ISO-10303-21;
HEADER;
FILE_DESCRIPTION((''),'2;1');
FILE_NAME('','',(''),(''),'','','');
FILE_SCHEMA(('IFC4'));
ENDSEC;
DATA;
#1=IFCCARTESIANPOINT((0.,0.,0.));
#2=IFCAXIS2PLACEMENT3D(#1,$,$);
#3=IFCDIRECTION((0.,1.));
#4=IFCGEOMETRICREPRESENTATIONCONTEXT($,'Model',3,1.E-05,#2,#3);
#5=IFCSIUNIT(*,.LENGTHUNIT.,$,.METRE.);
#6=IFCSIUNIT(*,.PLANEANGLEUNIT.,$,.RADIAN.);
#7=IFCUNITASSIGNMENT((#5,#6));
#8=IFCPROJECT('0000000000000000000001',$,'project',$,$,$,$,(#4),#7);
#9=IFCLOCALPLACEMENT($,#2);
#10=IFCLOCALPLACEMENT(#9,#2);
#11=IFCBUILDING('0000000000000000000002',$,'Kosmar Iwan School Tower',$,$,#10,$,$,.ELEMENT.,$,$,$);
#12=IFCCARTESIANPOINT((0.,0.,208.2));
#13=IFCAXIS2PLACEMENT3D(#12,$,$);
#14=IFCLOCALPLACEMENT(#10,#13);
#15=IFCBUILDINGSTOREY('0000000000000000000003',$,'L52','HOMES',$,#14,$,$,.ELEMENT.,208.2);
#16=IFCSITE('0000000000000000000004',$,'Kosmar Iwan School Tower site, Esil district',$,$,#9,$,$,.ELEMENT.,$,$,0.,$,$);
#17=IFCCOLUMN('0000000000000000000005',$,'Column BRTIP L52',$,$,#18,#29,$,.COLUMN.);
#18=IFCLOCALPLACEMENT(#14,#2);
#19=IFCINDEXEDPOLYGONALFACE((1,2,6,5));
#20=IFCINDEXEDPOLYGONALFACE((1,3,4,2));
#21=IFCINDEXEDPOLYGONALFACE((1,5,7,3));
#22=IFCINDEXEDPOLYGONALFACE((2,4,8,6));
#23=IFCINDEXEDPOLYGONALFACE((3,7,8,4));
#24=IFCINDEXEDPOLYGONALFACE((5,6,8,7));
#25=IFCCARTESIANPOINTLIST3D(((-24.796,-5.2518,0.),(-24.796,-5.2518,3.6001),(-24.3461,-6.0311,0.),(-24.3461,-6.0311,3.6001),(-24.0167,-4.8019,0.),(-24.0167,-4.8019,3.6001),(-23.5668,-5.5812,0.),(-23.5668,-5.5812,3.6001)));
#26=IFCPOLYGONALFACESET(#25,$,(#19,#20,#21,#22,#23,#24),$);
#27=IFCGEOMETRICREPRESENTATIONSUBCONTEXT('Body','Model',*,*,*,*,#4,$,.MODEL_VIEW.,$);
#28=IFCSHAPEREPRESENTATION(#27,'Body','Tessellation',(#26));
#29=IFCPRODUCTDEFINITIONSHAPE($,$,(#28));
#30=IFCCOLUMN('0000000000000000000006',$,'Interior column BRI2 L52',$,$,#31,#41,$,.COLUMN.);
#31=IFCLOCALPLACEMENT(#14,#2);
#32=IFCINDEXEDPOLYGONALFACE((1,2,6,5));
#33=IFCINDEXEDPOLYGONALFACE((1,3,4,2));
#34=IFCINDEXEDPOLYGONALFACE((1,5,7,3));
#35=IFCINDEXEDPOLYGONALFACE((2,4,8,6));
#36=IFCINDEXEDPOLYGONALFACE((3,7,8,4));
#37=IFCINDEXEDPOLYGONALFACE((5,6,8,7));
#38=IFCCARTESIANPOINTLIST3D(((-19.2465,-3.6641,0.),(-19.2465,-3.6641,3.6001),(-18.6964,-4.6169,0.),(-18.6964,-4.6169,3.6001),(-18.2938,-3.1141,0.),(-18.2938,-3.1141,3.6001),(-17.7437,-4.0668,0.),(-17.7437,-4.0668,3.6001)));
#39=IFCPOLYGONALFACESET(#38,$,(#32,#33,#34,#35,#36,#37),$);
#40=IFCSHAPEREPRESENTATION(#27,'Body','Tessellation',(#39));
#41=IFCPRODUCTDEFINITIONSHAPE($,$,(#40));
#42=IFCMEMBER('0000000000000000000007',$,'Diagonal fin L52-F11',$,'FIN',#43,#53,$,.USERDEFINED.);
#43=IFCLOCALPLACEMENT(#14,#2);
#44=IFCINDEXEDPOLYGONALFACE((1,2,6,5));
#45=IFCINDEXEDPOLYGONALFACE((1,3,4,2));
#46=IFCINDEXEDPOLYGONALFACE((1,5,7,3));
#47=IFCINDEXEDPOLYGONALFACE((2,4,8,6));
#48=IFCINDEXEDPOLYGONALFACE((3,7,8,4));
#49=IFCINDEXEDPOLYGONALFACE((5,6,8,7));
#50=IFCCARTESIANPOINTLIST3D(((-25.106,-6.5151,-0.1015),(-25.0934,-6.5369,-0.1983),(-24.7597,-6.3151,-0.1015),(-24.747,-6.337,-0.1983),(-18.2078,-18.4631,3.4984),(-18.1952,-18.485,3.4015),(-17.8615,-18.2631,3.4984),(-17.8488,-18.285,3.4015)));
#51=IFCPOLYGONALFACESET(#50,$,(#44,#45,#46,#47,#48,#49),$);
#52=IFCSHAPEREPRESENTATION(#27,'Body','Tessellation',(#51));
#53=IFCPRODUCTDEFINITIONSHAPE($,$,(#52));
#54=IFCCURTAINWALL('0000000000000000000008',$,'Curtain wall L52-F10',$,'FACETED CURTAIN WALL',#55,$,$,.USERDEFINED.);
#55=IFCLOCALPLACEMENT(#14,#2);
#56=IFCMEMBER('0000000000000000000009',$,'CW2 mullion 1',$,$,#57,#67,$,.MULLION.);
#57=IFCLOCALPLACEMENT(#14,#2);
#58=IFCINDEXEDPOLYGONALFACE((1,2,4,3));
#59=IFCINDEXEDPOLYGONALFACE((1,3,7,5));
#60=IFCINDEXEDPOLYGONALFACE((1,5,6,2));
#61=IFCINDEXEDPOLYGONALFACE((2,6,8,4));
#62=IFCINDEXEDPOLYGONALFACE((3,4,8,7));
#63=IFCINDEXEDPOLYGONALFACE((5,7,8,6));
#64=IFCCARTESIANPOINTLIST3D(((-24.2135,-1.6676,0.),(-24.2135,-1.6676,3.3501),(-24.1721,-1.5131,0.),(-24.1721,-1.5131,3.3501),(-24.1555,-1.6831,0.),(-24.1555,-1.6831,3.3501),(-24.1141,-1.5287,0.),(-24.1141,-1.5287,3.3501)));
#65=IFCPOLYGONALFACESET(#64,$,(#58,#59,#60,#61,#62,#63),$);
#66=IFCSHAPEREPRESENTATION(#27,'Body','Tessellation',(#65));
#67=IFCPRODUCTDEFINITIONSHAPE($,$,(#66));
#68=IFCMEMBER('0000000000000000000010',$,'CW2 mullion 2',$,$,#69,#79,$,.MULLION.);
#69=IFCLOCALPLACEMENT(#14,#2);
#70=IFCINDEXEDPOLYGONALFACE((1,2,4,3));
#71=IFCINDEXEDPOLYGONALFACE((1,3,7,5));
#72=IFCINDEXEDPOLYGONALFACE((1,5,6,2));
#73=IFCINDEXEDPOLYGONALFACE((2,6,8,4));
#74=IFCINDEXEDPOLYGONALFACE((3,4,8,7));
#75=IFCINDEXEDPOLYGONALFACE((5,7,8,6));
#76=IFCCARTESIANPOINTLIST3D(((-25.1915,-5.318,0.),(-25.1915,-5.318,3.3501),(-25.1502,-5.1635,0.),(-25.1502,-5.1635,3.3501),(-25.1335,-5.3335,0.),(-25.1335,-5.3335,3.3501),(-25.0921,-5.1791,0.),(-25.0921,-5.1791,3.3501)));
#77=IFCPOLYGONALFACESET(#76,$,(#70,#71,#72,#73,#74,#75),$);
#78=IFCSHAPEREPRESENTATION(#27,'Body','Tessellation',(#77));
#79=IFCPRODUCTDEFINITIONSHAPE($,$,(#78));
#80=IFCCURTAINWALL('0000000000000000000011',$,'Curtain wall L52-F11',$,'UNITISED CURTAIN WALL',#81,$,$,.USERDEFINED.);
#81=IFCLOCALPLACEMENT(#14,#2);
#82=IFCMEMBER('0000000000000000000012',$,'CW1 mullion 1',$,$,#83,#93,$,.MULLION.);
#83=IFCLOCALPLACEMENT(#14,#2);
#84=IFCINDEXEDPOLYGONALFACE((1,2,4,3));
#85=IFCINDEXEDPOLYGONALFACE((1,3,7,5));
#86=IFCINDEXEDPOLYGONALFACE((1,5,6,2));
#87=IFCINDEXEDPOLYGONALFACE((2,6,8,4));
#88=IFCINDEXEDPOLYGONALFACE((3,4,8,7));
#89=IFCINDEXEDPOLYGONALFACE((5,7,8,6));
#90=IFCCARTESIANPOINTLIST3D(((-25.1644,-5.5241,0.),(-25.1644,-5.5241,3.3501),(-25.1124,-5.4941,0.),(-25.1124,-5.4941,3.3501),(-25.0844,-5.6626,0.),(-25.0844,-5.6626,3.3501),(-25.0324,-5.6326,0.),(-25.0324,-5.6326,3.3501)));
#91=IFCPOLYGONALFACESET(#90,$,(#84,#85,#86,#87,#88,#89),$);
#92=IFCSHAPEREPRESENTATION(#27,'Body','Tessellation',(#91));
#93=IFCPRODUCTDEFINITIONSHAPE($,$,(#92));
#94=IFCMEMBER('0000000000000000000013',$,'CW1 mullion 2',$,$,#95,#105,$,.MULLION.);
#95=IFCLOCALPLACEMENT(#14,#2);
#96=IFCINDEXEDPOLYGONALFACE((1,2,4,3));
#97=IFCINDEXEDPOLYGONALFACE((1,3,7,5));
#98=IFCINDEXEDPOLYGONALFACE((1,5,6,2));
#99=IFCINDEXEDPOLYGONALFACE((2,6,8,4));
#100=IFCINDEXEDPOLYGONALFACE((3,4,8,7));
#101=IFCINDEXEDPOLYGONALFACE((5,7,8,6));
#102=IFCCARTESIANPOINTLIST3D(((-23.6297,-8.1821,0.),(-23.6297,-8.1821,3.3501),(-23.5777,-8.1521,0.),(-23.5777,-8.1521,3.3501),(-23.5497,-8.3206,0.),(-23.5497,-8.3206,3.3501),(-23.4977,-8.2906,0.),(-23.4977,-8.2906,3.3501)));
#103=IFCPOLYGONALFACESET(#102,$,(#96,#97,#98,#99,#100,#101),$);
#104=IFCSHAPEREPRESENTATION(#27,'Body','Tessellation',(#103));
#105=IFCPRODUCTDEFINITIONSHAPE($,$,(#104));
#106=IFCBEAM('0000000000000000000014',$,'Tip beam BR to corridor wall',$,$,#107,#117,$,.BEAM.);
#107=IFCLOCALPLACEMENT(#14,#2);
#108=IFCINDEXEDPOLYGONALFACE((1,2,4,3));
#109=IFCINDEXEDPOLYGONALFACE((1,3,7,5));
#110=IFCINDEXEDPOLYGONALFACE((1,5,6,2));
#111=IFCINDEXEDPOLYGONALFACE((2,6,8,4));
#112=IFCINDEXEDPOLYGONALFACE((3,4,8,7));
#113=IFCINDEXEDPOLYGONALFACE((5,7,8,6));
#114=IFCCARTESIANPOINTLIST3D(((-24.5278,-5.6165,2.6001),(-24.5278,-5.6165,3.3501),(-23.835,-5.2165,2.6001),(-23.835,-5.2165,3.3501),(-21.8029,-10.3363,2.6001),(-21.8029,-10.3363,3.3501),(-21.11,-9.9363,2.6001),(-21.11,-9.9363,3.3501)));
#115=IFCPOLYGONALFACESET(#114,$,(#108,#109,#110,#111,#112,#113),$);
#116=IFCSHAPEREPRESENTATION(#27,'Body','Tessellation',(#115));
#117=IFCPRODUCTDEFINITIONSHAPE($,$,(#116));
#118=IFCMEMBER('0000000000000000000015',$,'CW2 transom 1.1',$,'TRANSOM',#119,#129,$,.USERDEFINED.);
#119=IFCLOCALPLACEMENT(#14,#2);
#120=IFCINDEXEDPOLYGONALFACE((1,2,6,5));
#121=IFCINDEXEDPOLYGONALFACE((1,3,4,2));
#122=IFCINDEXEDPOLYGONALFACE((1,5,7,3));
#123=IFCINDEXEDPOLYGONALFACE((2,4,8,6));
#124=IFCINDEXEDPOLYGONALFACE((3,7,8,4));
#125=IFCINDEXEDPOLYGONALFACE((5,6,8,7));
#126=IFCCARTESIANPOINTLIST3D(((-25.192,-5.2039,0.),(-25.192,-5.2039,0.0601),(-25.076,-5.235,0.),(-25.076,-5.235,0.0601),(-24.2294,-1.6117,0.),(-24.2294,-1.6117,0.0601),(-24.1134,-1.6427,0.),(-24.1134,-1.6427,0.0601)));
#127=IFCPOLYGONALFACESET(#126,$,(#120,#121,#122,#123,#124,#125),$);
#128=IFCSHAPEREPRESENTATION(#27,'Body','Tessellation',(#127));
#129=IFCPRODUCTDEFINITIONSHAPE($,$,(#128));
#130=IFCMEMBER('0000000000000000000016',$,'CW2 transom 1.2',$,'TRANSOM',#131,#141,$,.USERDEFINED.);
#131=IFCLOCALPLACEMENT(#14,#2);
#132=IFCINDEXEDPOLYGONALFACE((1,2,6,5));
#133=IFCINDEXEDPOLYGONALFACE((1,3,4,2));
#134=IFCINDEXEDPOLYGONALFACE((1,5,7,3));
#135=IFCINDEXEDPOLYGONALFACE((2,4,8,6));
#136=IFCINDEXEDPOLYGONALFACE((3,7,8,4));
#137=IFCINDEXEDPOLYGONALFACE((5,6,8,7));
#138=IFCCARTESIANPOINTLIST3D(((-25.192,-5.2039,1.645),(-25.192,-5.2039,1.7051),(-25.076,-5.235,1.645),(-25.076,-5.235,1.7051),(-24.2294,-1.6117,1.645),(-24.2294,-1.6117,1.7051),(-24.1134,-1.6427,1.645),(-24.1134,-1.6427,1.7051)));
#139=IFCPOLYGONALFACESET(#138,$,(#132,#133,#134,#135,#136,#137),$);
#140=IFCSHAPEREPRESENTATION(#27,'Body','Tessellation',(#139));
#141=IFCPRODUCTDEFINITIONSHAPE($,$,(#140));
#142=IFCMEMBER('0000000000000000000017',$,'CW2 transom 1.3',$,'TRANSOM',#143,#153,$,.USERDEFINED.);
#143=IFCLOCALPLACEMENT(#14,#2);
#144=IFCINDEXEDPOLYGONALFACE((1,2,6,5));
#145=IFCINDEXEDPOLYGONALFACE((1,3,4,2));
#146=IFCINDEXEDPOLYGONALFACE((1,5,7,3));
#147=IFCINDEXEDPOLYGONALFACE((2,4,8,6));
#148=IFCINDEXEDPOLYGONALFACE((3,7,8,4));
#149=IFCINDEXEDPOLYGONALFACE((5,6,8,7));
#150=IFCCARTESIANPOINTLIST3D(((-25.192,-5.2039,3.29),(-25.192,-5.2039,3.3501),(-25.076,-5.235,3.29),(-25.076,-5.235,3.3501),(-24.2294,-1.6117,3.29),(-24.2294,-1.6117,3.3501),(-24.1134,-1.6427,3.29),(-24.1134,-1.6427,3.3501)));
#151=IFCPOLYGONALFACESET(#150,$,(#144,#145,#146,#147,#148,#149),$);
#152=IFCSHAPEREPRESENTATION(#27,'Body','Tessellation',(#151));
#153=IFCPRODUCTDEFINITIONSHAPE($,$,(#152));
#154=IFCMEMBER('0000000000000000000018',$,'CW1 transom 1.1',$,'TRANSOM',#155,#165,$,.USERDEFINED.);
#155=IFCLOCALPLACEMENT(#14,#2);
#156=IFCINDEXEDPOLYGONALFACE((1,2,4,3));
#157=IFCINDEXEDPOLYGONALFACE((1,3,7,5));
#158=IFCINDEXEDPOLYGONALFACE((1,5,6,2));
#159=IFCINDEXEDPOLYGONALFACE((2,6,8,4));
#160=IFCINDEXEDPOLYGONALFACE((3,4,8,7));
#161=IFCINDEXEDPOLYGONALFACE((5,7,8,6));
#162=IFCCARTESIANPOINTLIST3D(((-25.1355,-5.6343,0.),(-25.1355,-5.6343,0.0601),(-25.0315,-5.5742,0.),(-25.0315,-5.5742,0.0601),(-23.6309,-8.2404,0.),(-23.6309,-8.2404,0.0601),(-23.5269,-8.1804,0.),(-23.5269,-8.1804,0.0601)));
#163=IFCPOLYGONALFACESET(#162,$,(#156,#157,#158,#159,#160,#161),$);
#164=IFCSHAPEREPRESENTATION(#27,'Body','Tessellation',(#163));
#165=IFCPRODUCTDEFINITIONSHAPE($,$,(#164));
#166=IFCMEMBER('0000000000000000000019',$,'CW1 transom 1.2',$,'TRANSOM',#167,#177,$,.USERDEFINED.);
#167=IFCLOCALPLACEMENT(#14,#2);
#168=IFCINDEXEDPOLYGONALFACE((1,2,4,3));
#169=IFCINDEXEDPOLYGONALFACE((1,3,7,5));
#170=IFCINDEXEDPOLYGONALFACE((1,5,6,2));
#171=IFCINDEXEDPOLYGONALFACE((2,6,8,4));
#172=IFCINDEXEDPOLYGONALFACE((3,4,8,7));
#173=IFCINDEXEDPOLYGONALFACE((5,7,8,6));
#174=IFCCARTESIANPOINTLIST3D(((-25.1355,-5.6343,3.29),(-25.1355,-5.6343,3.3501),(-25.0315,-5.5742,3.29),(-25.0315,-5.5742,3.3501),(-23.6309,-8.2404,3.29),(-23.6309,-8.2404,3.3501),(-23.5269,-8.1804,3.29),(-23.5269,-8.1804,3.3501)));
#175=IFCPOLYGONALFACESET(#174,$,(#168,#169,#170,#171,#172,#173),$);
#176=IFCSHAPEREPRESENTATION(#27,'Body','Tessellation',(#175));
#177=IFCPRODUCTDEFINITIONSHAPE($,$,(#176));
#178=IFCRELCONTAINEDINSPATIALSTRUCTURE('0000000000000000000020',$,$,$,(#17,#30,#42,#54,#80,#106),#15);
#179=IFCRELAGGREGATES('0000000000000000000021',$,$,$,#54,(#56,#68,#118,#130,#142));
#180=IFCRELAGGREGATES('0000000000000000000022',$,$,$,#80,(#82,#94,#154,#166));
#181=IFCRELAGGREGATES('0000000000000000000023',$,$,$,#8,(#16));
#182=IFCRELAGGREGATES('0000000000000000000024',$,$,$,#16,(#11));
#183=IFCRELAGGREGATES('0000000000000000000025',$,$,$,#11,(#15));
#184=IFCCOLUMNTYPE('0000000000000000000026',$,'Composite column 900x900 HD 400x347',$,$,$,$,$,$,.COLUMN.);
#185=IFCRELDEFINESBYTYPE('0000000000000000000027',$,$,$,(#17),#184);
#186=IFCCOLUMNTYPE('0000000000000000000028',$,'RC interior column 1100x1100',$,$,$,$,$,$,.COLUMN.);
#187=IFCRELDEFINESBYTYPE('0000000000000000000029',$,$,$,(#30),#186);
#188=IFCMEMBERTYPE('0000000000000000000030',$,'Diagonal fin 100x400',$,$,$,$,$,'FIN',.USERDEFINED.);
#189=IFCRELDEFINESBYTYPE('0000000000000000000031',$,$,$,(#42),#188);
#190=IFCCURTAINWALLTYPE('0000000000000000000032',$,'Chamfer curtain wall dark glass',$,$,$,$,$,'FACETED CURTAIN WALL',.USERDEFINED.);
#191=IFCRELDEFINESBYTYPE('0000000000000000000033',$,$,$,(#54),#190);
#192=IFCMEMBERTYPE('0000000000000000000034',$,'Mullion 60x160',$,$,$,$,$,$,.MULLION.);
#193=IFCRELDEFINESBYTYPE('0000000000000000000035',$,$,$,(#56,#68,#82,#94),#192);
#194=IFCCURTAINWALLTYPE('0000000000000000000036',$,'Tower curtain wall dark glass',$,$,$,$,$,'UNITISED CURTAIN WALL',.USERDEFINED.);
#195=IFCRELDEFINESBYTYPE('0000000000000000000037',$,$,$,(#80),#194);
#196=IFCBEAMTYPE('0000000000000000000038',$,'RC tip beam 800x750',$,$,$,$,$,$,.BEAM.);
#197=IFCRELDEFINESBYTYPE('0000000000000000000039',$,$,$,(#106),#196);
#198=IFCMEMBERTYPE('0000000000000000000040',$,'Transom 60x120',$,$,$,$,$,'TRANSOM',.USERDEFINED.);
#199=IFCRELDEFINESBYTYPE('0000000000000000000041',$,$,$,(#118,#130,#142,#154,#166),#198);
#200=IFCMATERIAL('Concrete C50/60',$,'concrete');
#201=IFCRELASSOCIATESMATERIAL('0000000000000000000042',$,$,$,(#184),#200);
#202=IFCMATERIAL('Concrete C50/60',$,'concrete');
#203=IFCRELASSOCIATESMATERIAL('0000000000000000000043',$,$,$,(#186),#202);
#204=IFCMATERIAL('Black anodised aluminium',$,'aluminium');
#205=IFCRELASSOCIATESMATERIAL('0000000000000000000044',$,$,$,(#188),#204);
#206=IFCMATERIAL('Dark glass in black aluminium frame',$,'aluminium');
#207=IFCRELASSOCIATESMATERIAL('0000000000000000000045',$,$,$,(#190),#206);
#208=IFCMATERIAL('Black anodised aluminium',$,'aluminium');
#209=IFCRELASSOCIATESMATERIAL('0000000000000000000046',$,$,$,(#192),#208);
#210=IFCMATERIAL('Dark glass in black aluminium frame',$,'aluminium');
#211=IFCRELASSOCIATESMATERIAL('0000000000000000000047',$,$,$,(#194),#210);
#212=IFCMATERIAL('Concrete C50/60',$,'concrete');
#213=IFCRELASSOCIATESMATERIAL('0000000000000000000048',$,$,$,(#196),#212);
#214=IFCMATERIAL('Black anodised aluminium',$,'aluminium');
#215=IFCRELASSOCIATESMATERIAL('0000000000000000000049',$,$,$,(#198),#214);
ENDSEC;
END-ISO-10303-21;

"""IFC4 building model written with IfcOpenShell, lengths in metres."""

from ifc_helpers import new_model, si_unit, direction, frame, origin, origin_2d, place, context, subcontext, project, spatial, rectangle, extrude, material, material_profile, profile_set, type_object, element, aggregate, save


model = new_model("IFC4")

# Units and contexts
model_context = context("Model", 3, precision=1e-05, world=origin(), true_north=direction((0.0, 1.0)))
body_context = subcontext(model_context, "Body", "Model", "MODEL_VIEW")
ifc_project = project(units=[si_unit("LENGTHUNIT", "METRE"), si_unit("PLANEANGLEUNIT", "RADIAN")], contexts=[model_context])

# Site, building, storey
site_placement = place(None, origin())
site = spatial("IfcSite", under=ifc_project, at=site_placement, Name="Kosmar Iwan School Tower site, Esil district", CompositionType="ELEMENT", RefElevation=0.0)
building_placement = place(site_placement, origin())
building = spatial("IfcBuilding", under=site, at=building_placement, Name="Kosmar Iwan School Tower", CompositionType="ELEMENT")
storey_placement = place(building_placement, frame((0.0, 0.0, 208.2)))
storey = spatial("IfcBuildingStorey", under=building, at=storey_placement, Name="L52", Description="HOMES", CompositionType="ELEMENT", Elevation=208.2)

# Columns
ifc_material_1 = material(Name="Concrete C50/60", Category="concrete")
ifc_material_profile_1 = material_profile(ifc_material_1, rectangle(XDim=0.8999, YDim=0.8999, at=origin_2d()), Name="RC 900x900 + HD 400x347")
ifc_profile_set_1 = profile_set([ifc_material_profile_1], Name="Concrete C50/60")
column_type_1 = type_object("IfcColumnType", Name="Composite column 900x900 HD 400x347", PredefinedType="COLUMN", material=ifc_profile_set_1)
column_1_placement = place(storey_placement, frame((-24.1814, -5.4165, 0.0), z_axis=(0.0, 0.0, 1.0), x_axis=(-0.866025, -0.5, 0.0)))
element("IfcColumn", 1, at=column_1_placement, inside=storey, type_object=column_type_1, Name="Column BRTIP L52", PredefinedType="COLUMN", context=body_context, shape_type="SweptSolid", body=[
    extrude(rectangle(XDim=0.8999, YDim=0.8999, at=origin_2d()), origin(), (0.0, 0.0, 1.0), 3.6001),
])
ifc_material_2 = material(Name="Concrete C50/60", Category="concrete")
ifc_material_profile_2 = material_profile(ifc_material_2, rectangle(XDim=1.1001, YDim=1.1001, at=origin_2d()), Name="RC 1100x1100")
ifc_profile_set_2 = profile_set([ifc_material_profile_2], Name="Concrete C50/60")
column_type_2 = type_object("IfcColumnType", Name="RC interior column 1100x1100", PredefinedType="COLUMN", material=ifc_profile_set_2)
column_2_placement = place(storey_placement, frame((-18.4951, -3.8655, 0.0), z_axis=(0.0, 0.0, 1.0), x_axis=(-0.866025, -0.5, 0.0)))
element("IfcColumn", 2, at=column_2_placement, inside=storey, type_object=column_type_2, Name="Interior column BRI2 L52", PredefinedType="COLUMN", context=body_context, shape_type="SweptSolid", body=[
    extrude(rectangle(XDim=1.1001, YDim=1.1001, at=origin_2d()), origin(), (0.0, 0.0, 1.0), 3.6001),
])

# Member
ifc_material_3 = material(Name="Black anodised aluminium", Category="aluminium")
ifc_material_profile_3 = material_profile(ifc_material_3, rectangle(XDim=0.1001, YDim=0.3999, at=origin_2d()), Name="FIN 100x400")
ifc_profile_set_3 = profile_set([ifc_material_profile_3], Name="Black anodised aluminium")
member_type_1 = type_object("IfcMemberType", Name="Diagonal fin 100x400", ElementType="FIN", PredefinedType="USERDEFINED", material=ifc_profile_set_3)
member_1_placement = place(storey_placement, frame((-24.9265, -6.426, -0.1499), z_axis=(0.483802, -0.837969, 0.252475), x_axis=(-0.126237, 0.218649, 0.967604)))
element("IfcMember", 3, at=member_1_placement, inside=storey, type_object=member_type_1, Name="Diagonal fin L52-F11", ObjectType="FIN", PredefinedType="USERDEFINED", context=body_context, shape_type="SweptSolid", body=[
    extrude(rectangle(XDim=0.1001, YDim=0.3999, at=origin_2d()), origin(), (0.0, 0.0, 1.0), 14.2583),
])

# Curtain walls, members
ifc_material_4 = material(Name="Dark glass in black aluminium frame", Category="aluminium")
curtain_wall_type_1 = type_object("IfcCurtainWallType", Name="Chamfer curtain wall dark glass", ElementType="FACETED CURTAIN WALL", PredefinedType="USERDEFINED", material=ifc_material_4)
curtain_wall_1_placement = place(storey_placement, origin())
curtain_wall_1 = element("IfcCurtainWall", 4, at=curtain_wall_1_placement, inside=storey, type_object=curtain_wall_type_1, Name="Curtain wall L52-F10", ObjectType="FACETED CURTAIN WALL", PredefinedType="USERDEFINED")
ifc_material_5 = material(Name="Black anodised aluminium", Category="aluminium")
ifc_material_profile_4 = material_profile(ifc_material_5, rectangle(XDim=0.0601, YDim=0.1599, at=origin_2d()), Name="MULLION 60x160")
ifc_profile_set_4 = profile_set([ifc_material_profile_4], Name="Black anodised aluminium")
member_type_2 = type_object("IfcMemberType", Name="Mullion 60x160", PredefinedType="MULLION", material=ifc_profile_set_4)
member_2_placement = place(storey_placement, frame((-24.1638, -1.5981, 0.0), z_axis=(0.0, 0.0, 1.0), x_axis=(0.965926, -0.258819, 0.0)))
member_2 = element("IfcMember", 5, at=member_2_placement, type_object=member_type_2, Name="CW2 mullion 1", PredefinedType="MULLION", context=body_context, shape_type="SweptSolid", body=[
    extrude(rectangle(XDim=0.0601, YDim=0.1599, at=origin_2d()), origin(), (0.0, 0.0, 1.0), 3.3501),
])
member_3_placement = place(storey_placement, frame((-25.1418, -5.2485, 0.0), z_axis=(0.0, 0.0, 1.0), x_axis=(0.965926, -0.258819, 0.0)))
member_3 = element("IfcMember", 6, at=member_3_placement, type_object=member_type_2, Name="CW2 mullion 2", PredefinedType="MULLION", context=body_context, shape_type="SweptSolid", body=[
    extrude(rectangle(XDim=0.0601, YDim=0.1599, at=origin_2d()), origin(), (0.0, 0.0, 1.0), 3.3501),
])
ifc_material_6 = material(Name="Dark glass in black aluminium frame", Category="aluminium")
curtain_wall_type_2 = type_object("IfcCurtainWallType", Name="Tower curtain wall dark glass", ElementType="UNITISED CURTAIN WALL", PredefinedType="USERDEFINED", material=ifc_material_6)
curtain_wall_2_placement = place(storey_placement, origin())
curtain_wall_2 = element("IfcCurtainWall", 7, at=curtain_wall_2_placement, inside=storey, type_object=curtain_wall_type_2, Name="Curtain wall L52-F11", ObjectType="UNITISED CURTAIN WALL", PredefinedType="USERDEFINED")
member_4_placement = place(storey_placement, frame((-25.0984, -5.5784, 0.0), z_axis=(0.0, 0.0, 1.0), x_axis=(0.866025, 0.5, 0.0)))
member_4 = element("IfcMember", 8, at=member_4_placement, type_object=member_type_2, Name="CW1 mullion 1", PredefinedType="MULLION", context=body_context, shape_type="SweptSolid", body=[
    extrude(rectangle(XDim=0.0601, YDim=0.1599, at=origin_2d()), origin(), (0.0, 0.0, 1.0), 3.3501),
])
member_5_placement = place(storey_placement, frame((-23.5637, -8.2363, 0.0), z_axis=(0.0, 0.0, 1.0), x_axis=(0.866025, 0.5, 0.0)))
member_5 = element("IfcMember", 9, at=member_5_placement, type_object=member_type_2, Name="CW1 mullion 2", PredefinedType="MULLION", context=body_context, shape_type="SweptSolid", body=[
    extrude(rectangle(XDim=0.0601, YDim=0.1599, at=origin_2d()), origin(), (0.0, 0.0, 1.0), 3.3501),
])

# Beam
ifc_material_7 = material(Name="Concrete C50/60", Category="concrete")
ifc_material_profile_5 = material_profile(ifc_material_7, rectangle(XDim=0.8, YDim=0.75, at=origin_2d()), Name="RC 800x750")
ifc_profile_set_5 = profile_set([ifc_material_profile_5], Name="Concrete C50/60")
beam_type = type_object("IfcBeamType", Name="RC tip beam 800x750", PredefinedType="BEAM", material=ifc_profile_set_5)
beam_placement = place(storey_placement, frame((-24.1814, -5.4165, 2.9751), z_axis=(0.499989, -0.866032, 0.0), x_axis=(0.866032, 0.499989, 0.0)))
element("IfcBeam", 10, at=beam_placement, inside=storey, type_object=beam_type, Name="Tip beam BR to corridor wall", PredefinedType="BEAM", context=body_context, shape_type="SweptSolid", body=[
    extrude(rectangle(XDim=0.8, YDim=0.75, at=origin_2d()), origin(), (0.0, 0.0, 1.0), 5.45),
])

# Members
ifc_material_8 = material(Name="Black anodised aluminium", Category="aluminium")
ifc_material_profile_6 = material_profile(ifc_material_8, rectangle(XDim=0.1201, YDim=0.0601, at=origin_2d()), Name="TRANSOM 60x120")
ifc_profile_set_6 = profile_set([ifc_material_profile_6], Name="Black anodised aluminium")
member_type_3 = type_object("IfcMemberType", Name="Transom 60x120", ElementType="TRANSOM", PredefinedType="USERDEFINED", material=ifc_profile_set_6)
member_6_placement = place(storey_placement, frame((-24.1714, -1.6272, 0.03), z_axis=(-0.258843, -0.965919, 0.0), x_axis=(0.965919, -0.258843, 0.0)))
member_6 = element("IfcMember", 11, at=member_6_placement, type_object=member_type_3, Name="CW2 transom 1.1", ObjectType="TRANSOM", PredefinedType="USERDEFINED", context=body_context, shape_type="SweptSolid", body=[
    extrude(rectangle(XDim=0.1201, YDim=0.0601, at=origin_2d()), origin(), (0.0, 0.0, 1.0), 3.719),
])
member_7_placement = place(storey_placement, frame((-24.1714, -1.6272, 1.675), z_axis=(-0.258843, -0.965919, 0.0), x_axis=(0.965919, -0.258843, 0.0)))
member_7 = element("IfcMember", 12, at=member_7_placement, type_object=member_type_3, Name="CW2 transom 1.2", ObjectType="TRANSOM", PredefinedType="USERDEFINED", context=body_context, shape_type="SweptSolid", body=[
    extrude(rectangle(XDim=0.1201, YDim=0.0601, at=origin_2d()), origin(), (0.0, 0.0, 1.0), 3.719),
])
member_8_placement = place(storey_placement, frame((-24.1714, -1.6272, 3.3201), z_axis=(-0.258843, -0.965919, 0.0), x_axis=(0.965919, -0.258843, 0.0)))
member_8 = element("IfcMember", 13, at=member_8_placement, type_object=member_type_3, Name="CW2 transom 1.3", ObjectType="TRANSOM", PredefinedType="USERDEFINED", context=body_context, shape_type="SweptSolid", body=[
    extrude(rectangle(XDim=0.1201, YDim=0.0601, at=origin_2d()), origin(), (0.0, 0.0, 1.0), 3.719),
])
member_9_placement = place(storey_placement, frame((-25.0835, -5.6042, 0.03), z_axis=(0.499987, -0.866033, 0.0), x_axis=(0.866033, 0.499987, 0.0)))
member_9 = element("IfcMember", 14, at=member_9_placement, type_object=member_type_3, Name="CW1 transom 1.1", ObjectType="TRANSOM", PredefinedType="USERDEFINED", context=body_context, shape_type="SweptSolid", body=[
    extrude(rectangle(XDim=0.1201, YDim=0.0601, at=origin_2d()), origin(), (0.0, 0.0, 1.0), 3.0093),
])
member_10_placement = place(storey_placement, frame((-25.0835, -5.6042, 3.3201), z_axis=(0.499987, -0.866033, 0.0), x_axis=(0.866033, 0.499987, 0.0)))
member_10 = element("IfcMember", 15, at=member_10_placement, type_object=member_type_3, Name="CW1 transom 1.2", ObjectType="TRANSOM", PredefinedType="USERDEFINED", context=body_context, shape_type="SweptSolid", body=[
    extrude(rectangle(XDim=0.1201, YDim=0.0601, at=origin_2d()), origin(), (0.0, 0.0, 1.0), 3.0093),
])

aggregate(curtain_wall_1, [member_2, member_3, member_6, member_7, member_8])
aggregate(curtain_wall_2, [member_4, member_5, member_9, member_10])

save(model, "model.ifc")
